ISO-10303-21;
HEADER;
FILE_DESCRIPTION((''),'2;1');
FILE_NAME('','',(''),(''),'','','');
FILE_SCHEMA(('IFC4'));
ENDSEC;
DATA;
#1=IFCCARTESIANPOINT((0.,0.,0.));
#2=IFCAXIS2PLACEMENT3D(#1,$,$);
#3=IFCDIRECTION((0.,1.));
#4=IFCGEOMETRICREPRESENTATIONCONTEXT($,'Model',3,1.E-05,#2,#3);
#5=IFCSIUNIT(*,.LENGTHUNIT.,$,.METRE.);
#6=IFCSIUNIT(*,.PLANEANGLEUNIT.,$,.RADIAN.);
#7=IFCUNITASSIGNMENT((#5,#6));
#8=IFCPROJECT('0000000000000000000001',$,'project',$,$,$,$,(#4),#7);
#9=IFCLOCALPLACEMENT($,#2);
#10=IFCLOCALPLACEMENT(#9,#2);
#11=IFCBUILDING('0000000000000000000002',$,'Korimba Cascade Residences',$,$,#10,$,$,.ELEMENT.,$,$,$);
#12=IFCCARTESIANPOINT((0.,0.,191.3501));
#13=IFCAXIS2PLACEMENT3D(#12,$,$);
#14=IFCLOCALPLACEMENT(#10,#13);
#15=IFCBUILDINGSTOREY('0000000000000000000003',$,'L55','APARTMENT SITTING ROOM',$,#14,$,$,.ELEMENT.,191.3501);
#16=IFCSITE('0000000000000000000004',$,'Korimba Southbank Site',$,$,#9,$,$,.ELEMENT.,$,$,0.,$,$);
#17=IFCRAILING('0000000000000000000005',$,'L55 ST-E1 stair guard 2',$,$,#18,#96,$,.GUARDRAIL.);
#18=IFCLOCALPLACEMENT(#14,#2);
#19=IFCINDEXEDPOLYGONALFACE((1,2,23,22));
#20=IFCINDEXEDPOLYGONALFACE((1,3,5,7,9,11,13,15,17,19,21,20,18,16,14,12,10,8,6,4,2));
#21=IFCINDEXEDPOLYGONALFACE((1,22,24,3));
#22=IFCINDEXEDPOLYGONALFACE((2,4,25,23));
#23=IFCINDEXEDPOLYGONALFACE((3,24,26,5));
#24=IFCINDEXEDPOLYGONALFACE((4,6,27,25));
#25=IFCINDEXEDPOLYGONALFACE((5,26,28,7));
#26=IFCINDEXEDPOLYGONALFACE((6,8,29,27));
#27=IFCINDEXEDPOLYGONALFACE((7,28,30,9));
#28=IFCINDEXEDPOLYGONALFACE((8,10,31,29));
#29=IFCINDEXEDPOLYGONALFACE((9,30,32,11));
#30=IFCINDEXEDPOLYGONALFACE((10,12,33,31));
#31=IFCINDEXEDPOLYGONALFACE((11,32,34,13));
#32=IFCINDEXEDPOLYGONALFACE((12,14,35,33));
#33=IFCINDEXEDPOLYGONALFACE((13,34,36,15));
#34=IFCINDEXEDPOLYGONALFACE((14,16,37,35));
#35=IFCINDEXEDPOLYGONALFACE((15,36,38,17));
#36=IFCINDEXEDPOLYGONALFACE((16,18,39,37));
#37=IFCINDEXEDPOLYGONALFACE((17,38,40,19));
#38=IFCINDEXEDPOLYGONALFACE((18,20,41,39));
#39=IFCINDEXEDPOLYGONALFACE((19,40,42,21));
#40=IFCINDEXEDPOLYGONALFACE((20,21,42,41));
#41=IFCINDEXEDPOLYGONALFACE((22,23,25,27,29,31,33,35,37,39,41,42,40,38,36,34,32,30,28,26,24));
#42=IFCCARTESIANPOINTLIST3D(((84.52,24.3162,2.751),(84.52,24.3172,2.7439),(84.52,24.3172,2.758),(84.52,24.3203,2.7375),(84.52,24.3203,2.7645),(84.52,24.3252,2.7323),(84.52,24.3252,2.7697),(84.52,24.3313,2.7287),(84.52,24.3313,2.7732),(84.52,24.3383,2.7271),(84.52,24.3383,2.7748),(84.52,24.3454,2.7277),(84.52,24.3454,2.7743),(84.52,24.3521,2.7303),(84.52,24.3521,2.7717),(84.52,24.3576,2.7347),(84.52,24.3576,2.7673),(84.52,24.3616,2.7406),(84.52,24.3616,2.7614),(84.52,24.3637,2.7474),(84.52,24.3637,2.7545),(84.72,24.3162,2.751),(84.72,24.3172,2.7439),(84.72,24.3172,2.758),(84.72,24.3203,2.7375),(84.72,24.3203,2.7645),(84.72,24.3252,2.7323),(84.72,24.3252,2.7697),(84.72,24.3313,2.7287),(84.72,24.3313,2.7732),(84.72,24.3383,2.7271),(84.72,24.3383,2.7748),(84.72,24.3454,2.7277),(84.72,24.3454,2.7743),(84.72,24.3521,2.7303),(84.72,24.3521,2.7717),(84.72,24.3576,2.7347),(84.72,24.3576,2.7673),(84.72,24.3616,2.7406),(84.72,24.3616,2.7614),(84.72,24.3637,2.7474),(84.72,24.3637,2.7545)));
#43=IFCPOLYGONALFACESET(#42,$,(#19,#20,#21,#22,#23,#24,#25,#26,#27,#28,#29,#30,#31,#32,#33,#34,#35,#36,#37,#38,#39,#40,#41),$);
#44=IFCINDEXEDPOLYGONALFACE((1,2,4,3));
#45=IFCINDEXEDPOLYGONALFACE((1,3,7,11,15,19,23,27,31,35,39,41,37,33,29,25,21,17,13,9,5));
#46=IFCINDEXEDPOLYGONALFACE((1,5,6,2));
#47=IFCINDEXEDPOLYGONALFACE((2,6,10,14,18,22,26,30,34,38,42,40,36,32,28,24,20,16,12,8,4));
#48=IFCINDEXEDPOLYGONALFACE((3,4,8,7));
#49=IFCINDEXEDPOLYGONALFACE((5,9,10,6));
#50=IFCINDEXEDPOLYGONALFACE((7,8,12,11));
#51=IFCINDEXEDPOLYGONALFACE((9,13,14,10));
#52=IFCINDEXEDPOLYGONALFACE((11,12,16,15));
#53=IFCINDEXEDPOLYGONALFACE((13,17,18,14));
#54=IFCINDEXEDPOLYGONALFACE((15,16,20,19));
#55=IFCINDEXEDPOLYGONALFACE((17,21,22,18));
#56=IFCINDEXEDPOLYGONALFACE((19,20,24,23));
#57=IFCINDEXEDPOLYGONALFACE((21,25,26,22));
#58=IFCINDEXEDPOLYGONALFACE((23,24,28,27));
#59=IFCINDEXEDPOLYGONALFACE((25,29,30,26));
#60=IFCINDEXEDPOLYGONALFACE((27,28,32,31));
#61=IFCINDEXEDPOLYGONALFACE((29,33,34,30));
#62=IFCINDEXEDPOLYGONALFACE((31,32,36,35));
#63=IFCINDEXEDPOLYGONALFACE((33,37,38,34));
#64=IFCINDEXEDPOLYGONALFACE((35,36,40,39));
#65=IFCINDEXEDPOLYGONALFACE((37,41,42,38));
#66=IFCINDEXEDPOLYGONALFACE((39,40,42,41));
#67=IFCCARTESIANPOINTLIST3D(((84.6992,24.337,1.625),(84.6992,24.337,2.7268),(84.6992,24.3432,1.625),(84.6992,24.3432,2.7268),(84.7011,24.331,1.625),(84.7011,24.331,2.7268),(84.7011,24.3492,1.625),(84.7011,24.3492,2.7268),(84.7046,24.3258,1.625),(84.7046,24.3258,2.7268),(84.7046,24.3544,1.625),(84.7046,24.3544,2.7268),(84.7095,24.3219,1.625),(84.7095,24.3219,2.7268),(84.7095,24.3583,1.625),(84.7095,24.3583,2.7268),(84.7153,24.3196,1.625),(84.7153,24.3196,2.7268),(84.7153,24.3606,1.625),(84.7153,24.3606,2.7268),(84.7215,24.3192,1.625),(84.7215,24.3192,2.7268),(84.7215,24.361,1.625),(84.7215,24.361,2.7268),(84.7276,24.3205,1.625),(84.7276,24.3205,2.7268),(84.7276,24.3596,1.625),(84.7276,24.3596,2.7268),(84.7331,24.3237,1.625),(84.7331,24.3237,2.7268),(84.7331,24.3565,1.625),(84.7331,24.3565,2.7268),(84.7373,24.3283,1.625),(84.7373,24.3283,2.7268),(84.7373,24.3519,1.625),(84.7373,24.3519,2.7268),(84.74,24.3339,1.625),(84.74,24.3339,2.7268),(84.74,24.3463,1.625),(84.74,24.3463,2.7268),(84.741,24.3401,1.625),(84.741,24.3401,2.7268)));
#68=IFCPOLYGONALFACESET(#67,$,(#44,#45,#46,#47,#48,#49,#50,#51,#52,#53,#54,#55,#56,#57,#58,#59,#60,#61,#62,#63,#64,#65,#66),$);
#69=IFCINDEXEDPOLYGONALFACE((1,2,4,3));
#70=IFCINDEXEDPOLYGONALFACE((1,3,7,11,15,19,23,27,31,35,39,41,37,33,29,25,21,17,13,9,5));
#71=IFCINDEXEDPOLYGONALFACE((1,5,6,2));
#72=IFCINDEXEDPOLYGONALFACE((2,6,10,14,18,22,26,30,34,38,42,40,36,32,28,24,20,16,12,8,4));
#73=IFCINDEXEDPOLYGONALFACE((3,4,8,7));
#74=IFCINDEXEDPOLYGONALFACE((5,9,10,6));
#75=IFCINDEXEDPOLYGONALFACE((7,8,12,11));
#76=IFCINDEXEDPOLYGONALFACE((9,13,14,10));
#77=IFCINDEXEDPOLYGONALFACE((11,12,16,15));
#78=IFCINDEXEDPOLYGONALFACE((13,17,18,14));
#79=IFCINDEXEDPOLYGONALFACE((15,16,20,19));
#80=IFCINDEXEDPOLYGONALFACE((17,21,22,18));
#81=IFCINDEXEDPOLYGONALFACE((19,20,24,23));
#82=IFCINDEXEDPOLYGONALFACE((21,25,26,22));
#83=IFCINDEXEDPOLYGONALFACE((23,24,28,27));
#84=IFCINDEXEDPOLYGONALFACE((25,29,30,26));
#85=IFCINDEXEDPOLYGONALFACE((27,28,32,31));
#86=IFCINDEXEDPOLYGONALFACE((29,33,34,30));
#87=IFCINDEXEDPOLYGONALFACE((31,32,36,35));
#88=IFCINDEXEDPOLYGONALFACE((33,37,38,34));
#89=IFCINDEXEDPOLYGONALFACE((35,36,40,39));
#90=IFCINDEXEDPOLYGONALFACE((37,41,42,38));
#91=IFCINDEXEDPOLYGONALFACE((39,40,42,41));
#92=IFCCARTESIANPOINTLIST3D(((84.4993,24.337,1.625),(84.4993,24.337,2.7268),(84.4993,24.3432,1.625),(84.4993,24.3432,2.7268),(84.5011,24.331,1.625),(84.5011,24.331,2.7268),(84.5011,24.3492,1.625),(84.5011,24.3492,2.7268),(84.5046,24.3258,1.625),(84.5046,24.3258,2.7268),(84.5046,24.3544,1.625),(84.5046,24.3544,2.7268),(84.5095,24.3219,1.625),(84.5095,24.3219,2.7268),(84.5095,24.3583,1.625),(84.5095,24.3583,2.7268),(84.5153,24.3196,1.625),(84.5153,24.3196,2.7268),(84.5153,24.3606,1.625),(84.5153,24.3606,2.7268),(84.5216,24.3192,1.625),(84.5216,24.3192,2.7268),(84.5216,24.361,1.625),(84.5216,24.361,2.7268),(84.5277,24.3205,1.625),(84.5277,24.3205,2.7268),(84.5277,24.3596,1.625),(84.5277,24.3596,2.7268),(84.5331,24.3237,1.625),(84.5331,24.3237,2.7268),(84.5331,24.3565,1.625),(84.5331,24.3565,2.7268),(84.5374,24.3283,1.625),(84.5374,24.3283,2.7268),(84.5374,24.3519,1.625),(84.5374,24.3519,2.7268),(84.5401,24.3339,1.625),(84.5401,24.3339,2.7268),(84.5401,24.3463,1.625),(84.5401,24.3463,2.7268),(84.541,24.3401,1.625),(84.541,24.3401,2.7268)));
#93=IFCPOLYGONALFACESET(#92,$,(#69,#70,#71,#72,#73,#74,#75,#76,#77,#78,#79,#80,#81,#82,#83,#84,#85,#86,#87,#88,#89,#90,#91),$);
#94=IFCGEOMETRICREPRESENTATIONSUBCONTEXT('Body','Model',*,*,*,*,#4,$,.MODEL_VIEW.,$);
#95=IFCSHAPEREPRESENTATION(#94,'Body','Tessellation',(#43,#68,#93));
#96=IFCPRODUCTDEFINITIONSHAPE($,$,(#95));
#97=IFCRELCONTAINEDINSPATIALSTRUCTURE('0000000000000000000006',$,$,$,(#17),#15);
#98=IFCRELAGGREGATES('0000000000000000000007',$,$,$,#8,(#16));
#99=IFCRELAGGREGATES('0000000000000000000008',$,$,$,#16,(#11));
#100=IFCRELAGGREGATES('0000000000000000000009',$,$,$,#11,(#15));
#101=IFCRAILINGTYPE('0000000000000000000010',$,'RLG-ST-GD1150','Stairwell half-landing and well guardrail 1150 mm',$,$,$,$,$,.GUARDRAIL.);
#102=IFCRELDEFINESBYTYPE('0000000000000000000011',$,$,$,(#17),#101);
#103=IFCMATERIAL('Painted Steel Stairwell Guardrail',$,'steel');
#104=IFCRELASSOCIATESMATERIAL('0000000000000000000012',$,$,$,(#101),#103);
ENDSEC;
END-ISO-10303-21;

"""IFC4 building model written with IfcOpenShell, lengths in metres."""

from ifc_helpers import new_model, si_unit, direction, frame, origin, origin_2d, place, context, subcontext, project, spatial, circle, extrude, material, type_object, element, save


model = new_model("IFC4")

# Units and contexts
model_context = context("Model", 3, precision=1e-05, world=origin(), true_north=direction((0.0, 1.0)))
body_context = subcontext(model_context, "Body", "Model", "MODEL_VIEW")
ifc_project = project(units=[si_unit("LENGTHUNIT", "METRE"), si_unit("PLANEANGLEUNIT", "RADIAN")], contexts=[model_context])

# Site, building, storey
site_placement = place(None, origin())
site = spatial("IfcSite", under=ifc_project, at=site_placement, Name="Korimba Southbank Site", CompositionType="ELEMENT", RefElevation=0.0)
building_placement = place(site_placement, origin())
building = spatial("IfcBuilding", under=site, at=building_placement, Name="Korimba Cascade Residences", CompositionType="ELEMENT")
storey_placement = place(building_placement, frame((0.0, 0.0, 191.3501)))
storey = spatial("IfcBuildingStorey", under=building, at=storey_placement, Name="L55", Description="APARTMENT SITTING ROOM", CompositionType="ELEMENT", Elevation=191.3501)

# Railing
ifc_material_1 = material(Name="Painted Steel Stairwell Guardrail", Category="steel")
railing_type_1 = type_object("IfcRailingType", Name="RLG-ST-GD1150", Description="Stairwell half-landing and well guardrail 1150 mm", PredefinedType="GUARDRAIL", material=ifc_material_1)
railing_1_placement = place(storey_placement, frame((84.72, 24.3401, 1.625)))
element("IfcRailing", 1, at=railing_1_placement, inside=storey, type_object=railing_type_1, Name="L55 ST-E1 stair guard 2", PredefinedType="GUARDRAIL", context=body_context, shape_type="SweptSolid", body=[
    extrude(circle(Radius=0.0239, at=origin_2d()), frame((0.0, 0.0, 1.126), z_axis=(-1.0, 0.0, 0.0), x_axis=(0.0, -1.0, 0.0)), (0.0, 0.0, 1.0), 0.2),
    extrude(circle(Radius=0.021, at=origin_2d()), origin(), (0.0, 0.0, 1.0), 1.1018),
    extrude(circle(Radius=0.021, at=origin_2d()), frame((-0.2, 0.0, 0.0)), (0.0, 0.0, 1.0), 1.1018),
])

save(model, "model.ifc")
